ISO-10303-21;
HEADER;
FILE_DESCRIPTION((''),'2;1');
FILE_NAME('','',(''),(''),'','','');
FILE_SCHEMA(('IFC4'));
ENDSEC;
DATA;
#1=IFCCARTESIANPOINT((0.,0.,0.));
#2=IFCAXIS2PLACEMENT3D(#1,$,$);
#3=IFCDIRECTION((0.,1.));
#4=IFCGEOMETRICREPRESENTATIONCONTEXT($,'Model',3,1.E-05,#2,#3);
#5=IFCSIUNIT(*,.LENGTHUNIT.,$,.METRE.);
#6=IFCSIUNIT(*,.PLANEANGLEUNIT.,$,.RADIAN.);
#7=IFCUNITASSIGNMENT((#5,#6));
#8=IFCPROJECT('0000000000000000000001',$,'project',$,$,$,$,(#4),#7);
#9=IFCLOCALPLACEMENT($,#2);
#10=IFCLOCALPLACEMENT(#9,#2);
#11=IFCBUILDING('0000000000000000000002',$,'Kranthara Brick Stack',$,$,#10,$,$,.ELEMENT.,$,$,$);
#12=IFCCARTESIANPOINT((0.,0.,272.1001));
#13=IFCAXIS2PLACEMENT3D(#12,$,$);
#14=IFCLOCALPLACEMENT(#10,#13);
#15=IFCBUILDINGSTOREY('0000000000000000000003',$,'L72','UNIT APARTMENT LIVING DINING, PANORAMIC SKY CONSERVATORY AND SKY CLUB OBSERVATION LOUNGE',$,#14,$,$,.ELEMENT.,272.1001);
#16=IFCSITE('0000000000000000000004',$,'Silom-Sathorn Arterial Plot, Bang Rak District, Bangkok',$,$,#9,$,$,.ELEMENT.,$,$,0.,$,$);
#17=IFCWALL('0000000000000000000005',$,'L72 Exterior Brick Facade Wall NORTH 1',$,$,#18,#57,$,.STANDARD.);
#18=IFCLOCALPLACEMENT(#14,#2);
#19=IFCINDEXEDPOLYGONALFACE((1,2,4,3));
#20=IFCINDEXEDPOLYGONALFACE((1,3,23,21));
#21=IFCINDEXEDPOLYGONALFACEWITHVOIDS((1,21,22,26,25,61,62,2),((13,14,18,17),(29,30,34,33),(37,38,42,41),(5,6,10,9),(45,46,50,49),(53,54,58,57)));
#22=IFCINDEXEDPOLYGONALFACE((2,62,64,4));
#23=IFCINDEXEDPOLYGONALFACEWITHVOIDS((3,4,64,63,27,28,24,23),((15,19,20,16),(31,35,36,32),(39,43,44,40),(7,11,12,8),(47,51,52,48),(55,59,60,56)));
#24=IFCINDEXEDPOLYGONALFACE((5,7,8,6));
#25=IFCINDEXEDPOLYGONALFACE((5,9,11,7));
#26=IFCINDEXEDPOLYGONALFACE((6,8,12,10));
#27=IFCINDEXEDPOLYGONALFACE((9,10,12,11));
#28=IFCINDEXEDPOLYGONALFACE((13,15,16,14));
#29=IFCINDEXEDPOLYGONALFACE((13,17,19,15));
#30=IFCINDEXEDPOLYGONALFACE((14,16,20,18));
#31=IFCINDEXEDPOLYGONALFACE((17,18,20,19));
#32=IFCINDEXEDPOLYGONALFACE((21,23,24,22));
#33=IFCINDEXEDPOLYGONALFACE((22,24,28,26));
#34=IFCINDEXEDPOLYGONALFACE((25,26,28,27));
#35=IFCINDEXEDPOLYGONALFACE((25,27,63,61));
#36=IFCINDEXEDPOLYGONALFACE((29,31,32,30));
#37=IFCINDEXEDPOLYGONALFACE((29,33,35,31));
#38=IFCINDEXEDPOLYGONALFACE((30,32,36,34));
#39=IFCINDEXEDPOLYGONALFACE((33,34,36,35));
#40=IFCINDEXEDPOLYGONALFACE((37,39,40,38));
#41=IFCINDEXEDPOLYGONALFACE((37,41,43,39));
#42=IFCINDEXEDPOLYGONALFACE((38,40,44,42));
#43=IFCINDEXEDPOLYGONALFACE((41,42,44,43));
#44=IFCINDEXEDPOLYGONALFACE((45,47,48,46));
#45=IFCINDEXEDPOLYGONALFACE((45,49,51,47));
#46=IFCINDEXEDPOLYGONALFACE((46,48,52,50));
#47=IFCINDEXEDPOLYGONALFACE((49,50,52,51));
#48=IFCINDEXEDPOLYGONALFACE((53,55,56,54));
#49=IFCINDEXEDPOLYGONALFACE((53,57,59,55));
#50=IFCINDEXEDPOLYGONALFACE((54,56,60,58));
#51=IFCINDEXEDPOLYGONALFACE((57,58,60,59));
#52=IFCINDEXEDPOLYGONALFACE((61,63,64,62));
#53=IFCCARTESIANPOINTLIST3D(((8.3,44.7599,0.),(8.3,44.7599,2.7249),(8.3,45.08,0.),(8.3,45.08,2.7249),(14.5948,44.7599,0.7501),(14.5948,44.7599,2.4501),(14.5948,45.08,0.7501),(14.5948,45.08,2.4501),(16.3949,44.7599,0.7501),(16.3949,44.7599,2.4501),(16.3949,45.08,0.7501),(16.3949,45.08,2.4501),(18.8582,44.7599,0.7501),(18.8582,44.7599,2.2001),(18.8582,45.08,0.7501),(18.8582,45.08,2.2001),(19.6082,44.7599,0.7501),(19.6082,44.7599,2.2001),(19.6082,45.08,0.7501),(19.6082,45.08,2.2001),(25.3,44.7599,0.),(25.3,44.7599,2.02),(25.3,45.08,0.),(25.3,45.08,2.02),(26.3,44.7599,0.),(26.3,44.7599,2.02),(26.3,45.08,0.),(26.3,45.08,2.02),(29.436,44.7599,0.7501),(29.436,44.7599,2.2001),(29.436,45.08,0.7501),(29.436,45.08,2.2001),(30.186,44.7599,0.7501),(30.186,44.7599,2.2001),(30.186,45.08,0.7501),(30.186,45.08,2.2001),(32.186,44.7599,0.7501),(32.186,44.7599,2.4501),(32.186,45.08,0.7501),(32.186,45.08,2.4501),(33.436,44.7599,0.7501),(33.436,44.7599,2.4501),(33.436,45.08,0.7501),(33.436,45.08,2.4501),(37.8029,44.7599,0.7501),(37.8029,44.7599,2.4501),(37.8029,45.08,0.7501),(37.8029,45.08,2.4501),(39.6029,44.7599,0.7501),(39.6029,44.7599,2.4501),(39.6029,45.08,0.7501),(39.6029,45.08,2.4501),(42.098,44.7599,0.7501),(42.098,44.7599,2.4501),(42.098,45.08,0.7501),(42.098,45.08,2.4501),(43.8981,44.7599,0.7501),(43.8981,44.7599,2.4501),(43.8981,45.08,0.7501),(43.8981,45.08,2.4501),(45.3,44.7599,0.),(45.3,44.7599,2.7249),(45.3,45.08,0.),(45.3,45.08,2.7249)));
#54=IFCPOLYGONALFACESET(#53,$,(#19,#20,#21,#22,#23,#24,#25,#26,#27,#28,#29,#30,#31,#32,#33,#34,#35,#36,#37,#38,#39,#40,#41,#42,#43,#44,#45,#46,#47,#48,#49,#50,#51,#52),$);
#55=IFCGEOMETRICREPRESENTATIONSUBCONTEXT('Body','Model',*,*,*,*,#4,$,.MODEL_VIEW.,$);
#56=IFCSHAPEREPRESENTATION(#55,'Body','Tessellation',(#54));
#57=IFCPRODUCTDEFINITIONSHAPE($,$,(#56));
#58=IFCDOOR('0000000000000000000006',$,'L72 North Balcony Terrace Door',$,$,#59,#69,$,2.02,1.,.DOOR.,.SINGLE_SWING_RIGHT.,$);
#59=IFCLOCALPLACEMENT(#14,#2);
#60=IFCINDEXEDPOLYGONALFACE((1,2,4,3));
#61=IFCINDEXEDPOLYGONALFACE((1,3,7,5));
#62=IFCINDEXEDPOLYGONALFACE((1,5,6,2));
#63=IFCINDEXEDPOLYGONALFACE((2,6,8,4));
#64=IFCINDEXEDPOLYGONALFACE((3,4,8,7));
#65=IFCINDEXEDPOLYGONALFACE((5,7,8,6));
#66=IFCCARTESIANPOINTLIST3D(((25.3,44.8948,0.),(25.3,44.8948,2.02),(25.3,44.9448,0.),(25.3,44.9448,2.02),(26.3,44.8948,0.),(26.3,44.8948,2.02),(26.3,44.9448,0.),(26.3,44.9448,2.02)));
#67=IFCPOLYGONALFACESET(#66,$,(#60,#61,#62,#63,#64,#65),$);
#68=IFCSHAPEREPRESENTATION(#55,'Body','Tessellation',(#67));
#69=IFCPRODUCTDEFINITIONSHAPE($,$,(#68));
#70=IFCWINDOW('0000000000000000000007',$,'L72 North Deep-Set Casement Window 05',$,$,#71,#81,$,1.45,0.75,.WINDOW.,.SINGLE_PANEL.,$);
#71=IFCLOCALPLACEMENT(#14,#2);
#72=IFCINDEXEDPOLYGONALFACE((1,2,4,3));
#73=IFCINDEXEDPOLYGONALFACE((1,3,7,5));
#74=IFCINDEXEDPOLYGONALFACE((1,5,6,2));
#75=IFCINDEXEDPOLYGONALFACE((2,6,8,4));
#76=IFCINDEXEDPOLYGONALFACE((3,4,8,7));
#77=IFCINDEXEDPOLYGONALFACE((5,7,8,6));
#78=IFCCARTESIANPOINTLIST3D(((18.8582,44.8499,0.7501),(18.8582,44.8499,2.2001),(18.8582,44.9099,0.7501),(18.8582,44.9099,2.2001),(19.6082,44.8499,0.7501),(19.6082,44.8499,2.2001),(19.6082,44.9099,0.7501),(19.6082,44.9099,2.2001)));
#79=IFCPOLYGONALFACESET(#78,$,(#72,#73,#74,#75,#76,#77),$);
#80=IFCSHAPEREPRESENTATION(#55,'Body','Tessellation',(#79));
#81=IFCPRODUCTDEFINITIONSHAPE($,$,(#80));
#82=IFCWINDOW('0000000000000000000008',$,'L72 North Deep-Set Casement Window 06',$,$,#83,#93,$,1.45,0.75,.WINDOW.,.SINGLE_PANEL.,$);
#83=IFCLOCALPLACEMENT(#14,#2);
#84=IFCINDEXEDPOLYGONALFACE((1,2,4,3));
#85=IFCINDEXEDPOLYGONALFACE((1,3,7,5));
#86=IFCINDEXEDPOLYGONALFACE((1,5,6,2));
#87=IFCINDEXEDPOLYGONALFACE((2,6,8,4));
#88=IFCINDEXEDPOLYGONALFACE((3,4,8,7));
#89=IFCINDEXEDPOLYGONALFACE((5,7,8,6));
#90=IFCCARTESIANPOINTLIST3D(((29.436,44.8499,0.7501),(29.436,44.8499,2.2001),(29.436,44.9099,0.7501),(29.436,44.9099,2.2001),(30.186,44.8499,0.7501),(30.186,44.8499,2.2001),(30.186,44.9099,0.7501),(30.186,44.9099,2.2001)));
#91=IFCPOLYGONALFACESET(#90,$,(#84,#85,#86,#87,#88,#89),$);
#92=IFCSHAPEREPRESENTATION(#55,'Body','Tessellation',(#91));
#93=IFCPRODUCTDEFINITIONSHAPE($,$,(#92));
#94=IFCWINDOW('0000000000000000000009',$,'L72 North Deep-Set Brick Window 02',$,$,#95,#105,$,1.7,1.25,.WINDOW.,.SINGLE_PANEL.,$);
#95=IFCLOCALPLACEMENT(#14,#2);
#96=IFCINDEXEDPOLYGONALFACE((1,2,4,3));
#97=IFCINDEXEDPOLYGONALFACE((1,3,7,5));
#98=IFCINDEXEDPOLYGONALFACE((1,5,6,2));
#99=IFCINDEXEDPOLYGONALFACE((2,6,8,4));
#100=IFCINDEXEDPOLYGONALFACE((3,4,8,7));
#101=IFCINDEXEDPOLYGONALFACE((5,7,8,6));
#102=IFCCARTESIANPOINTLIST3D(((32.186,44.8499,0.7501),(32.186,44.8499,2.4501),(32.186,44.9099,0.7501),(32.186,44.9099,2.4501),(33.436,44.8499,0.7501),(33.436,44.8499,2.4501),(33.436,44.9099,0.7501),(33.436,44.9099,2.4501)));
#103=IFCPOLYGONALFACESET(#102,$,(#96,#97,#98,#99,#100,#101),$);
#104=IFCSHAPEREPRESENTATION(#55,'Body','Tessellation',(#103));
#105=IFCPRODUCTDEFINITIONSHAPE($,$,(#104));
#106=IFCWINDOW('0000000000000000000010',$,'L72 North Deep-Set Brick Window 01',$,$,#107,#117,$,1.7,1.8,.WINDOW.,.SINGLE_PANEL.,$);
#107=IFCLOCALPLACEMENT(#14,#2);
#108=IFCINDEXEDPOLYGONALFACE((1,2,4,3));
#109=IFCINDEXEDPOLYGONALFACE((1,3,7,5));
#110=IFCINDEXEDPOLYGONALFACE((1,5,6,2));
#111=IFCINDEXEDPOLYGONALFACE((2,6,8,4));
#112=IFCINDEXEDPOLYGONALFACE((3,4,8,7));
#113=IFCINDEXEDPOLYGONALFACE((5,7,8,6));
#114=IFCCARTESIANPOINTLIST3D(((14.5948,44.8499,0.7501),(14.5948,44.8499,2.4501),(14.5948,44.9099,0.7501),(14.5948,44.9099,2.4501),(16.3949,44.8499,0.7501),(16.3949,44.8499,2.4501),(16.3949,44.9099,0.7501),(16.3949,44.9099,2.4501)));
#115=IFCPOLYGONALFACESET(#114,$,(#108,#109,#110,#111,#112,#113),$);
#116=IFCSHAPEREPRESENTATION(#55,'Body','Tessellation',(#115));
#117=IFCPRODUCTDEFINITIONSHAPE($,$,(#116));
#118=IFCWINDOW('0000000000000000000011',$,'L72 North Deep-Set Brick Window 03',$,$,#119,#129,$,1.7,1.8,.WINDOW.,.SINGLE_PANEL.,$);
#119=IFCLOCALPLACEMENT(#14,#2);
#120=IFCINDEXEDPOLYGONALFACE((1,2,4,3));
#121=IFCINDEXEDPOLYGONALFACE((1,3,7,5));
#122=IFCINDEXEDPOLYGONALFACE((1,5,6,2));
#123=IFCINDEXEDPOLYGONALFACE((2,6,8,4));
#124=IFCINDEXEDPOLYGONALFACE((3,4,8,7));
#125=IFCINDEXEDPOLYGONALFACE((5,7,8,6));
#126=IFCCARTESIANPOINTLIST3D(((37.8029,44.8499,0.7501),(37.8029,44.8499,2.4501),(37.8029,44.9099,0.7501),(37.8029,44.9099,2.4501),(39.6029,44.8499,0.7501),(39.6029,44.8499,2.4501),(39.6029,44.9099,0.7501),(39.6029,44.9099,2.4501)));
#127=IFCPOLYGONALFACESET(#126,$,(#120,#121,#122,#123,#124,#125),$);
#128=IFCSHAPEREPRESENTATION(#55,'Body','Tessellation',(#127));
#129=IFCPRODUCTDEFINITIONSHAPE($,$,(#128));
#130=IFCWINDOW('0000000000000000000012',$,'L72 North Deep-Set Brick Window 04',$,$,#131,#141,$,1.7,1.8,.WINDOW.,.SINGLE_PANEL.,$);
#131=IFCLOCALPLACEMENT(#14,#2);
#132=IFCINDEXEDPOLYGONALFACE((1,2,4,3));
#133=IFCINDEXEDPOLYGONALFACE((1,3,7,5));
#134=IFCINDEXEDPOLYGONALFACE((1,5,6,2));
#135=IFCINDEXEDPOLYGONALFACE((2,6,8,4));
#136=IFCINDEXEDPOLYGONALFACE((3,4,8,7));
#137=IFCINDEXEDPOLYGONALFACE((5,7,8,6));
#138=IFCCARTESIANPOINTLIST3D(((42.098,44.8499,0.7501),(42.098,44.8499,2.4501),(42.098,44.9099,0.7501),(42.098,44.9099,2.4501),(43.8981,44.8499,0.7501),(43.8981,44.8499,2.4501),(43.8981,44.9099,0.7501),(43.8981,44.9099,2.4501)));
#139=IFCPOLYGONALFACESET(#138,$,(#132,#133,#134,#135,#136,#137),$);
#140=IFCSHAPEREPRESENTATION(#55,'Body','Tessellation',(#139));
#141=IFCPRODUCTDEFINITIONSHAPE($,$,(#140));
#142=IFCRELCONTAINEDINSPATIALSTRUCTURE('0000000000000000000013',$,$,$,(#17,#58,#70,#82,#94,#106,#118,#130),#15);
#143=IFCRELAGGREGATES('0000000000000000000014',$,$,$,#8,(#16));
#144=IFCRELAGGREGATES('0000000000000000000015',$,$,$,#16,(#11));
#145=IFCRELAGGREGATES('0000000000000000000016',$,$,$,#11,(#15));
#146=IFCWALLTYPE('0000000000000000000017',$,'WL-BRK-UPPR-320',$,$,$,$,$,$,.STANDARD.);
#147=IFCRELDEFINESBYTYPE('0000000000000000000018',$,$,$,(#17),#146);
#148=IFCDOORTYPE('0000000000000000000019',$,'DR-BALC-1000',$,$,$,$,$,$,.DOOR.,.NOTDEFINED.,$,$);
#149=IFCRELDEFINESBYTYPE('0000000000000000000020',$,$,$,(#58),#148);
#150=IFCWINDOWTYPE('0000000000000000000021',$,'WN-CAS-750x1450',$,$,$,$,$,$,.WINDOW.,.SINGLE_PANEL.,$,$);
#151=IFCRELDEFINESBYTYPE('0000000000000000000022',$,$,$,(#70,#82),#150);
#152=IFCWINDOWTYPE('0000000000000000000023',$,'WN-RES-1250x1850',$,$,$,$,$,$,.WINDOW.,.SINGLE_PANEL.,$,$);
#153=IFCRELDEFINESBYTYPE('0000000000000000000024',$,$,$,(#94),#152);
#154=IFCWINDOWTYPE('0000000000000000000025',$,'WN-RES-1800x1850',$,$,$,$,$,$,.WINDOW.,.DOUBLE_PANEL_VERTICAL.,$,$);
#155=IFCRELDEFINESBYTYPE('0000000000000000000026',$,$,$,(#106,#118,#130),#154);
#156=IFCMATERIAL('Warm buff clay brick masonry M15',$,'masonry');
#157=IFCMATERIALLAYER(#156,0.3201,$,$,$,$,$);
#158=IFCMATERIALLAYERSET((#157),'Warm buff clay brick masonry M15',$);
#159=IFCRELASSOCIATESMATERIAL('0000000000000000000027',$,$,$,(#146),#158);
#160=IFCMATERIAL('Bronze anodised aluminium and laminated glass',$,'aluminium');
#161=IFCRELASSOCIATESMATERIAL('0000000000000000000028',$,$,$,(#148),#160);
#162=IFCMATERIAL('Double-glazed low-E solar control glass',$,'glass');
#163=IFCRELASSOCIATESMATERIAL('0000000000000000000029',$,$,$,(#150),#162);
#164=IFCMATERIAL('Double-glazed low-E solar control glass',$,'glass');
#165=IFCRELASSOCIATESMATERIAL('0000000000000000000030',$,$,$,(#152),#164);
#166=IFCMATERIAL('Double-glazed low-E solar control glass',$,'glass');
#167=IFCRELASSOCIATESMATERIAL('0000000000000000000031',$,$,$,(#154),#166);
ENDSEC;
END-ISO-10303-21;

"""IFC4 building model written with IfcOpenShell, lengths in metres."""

from ifc_helpers import new_model, si_unit, direction, frame, frame_2d, origin, place, context, subcontext, project, spatial, rectangle, extrude, material, layer, layer_set, type_object, element, fill, save


model = new_model("IFC4")

# Units and contexts
model_context = context("Model", 3, precision=1e-05, world=origin(), true_north=direction((0.0, 1.0)))
body_context = subcontext(model_context, "Body", "Model", "MODEL_VIEW")
ifc_project = project(units=[si_unit("LENGTHUNIT", "METRE"), si_unit("PLANEANGLEUNIT", "RADIAN")], contexts=[model_context])

# Site, building, storey
site_placement = place(None, origin())
site = spatial("IfcSite", under=ifc_project, at=site_placement, Name="Silom-Sathorn Arterial Plot, Bang Rak District, Bangkok", CompositionType="ELEMENT", RefElevation=0.0)
building_placement = place(site_placement, origin())
building = spatial("IfcBuilding", under=site, at=building_placement, Name="Kranthara Brick Stack", CompositionType="ELEMENT")
storey_placement = place(building_placement, frame((0.0, 0.0, 272.1001)))
storey = spatial("IfcBuildingStorey", under=building, at=storey_placement, Name="L72", Description="UNIT APARTMENT LIVING DINING, PANORAMIC SKY CONSERVATORY AND SKY CLUB OBSERVATION LOUNGE", CompositionType="ELEMENT", Elevation=272.1001)

# Wall, openings, door, windows
ifc_material_1 = material(Name="Warm buff clay brick masonry M15", Category="masonry")
ifc_layer_1 = layer(ifc_material_1, 0.3201)
ifc_layer_set_1 = layer_set([ifc_layer_1], Name="Warm buff clay brick masonry M15")
wall_type_1 = type_object("IfcWallType", Name="WL-BRK-UPPR-320", PredefinedType="STANDARD", material=ifc_layer_set_1)
wall_1_placement = place(storey_placement, frame((8.3, 44.9199, 0.0), z_axis=(0.0, 0.0, 1.0), x_axis=(1.0, 0.0, 0.0)))
wall_1 = element("IfcWall", 1, at=wall_1_placement, inside=storey, type_object=wall_type_1, Name="L72 Exterior Brick Facade Wall NORTH 1", PredefinedType="STANDARD", context=body_context, shape_type="SweptSolid", body=[
    extrude(rectangle(XDim=37.0, YDim=0.3201, at=frame_2d((18.5, 0.0))), origin(), (0.0, 0.0, 1.0), 2.7249),
])
opening_1_placement = place(wall_1_placement, frame((17.0, 0.0, 0.0)))
opening_1 = element("IfcOpeningElement", 2, at=opening_1_placement, cuts=wall_1, PredefinedType="OPENING", context=body_context, shape_type="SweptSolid", body=[
    extrude(rectangle(XDim=1.0, YDim=2.02, at=frame_2d((0.5, 1.01))), frame((0.0, 0.1699, 0.0), z_axis=(0.0, -1.0, 0.0), x_axis=(1.0, 0.0, 0.0)), (0.0, 0.0, 1.0), 0.3401),
])
opening_2_placement = place(wall_1_placement, frame((6.2949, 0.0, 0.75)))
opening_2 = element("IfcOpeningElement", 3, at=opening_2_placement, cuts=wall_1, PredefinedType="OPENING", context=body_context, shape_type="SweptSolid", body=[
    extrude(rectangle(XDim=1.8, YDim=1.7, at=frame_2d((0.8999, 0.8501))), frame((0.0, 0.1699, 0.0), z_axis=(0.0, -1.0, 0.0), x_axis=(1.0, 0.0, 0.0)), (0.0, 0.0, 1.0), 0.3401),
])
opening_3_placement = place(wall_1_placement, frame((23.886, 0.0, 0.75)))
opening_3 = element("IfcOpeningElement", 4, at=opening_3_placement, cuts=wall_1, PredefinedType="OPENING", context=body_context, shape_type="SweptSolid", body=[
    extrude(rectangle(XDim=1.25, YDim=1.7, at=frame_2d((0.625, 0.8501))), frame((0.0, 0.1699, 0.0), z_axis=(0.0, -1.0, 0.0), x_axis=(1.0, 0.0, 0.0)), (0.0, 0.0, 1.0), 0.3401),
])
opening_4_placement = place(wall_1_placement, frame((29.5029, 0.0, 0.75)))
opening_4 = element("IfcOpeningElement", 5, at=opening_4_placement, cuts=wall_1, PredefinedType="OPENING", context=body_context, shape_type="SweptSolid", body=[
    extrude(rectangle(XDim=1.8, YDim=1.7, at=frame_2d((0.8999, 0.8501))), frame((0.0, 0.1699, 0.0), z_axis=(0.0, -1.0, 0.0), x_axis=(1.0, 0.0, 0.0)), (0.0, 0.0, 1.0), 0.3401),
])
opening_5_placement = place(wall_1_placement, frame((33.7981, 0.0, 0.75)))
opening_5 = element("IfcOpeningElement", 6, at=opening_5_placement, cuts=wall_1, PredefinedType="OPENING", context=body_context, shape_type="SweptSolid", body=[
    extrude(rectangle(XDim=1.8, YDim=1.7, at=frame_2d((0.8999, 0.8501))), frame((0.0, 0.1699, 0.0), z_axis=(0.0, -1.0, 0.0), x_axis=(1.0, 0.0, 0.0)), (0.0, 0.0, 1.0), 0.3401),
])
opening_6_placement = place(wall_1_placement, frame((10.5581, 0.0, 0.75)))
opening_6 = element("IfcOpeningElement", 7, at=opening_6_placement, cuts=wall_1, PredefinedType="OPENING", context=body_context, shape_type="SweptSolid", body=[
    extrude(rectangle(XDim=0.75, YDim=1.45, at=frame_2d((0.375, 0.7251))), frame((0.0, 0.1699, 0.0), z_axis=(0.0, -1.0, 0.0), x_axis=(1.0, 0.0, 0.0)), (0.0, 0.0, 1.0), 0.3401),
])
opening_7_placement = place(wall_1_placement, frame((21.136, 0.0, 0.75)))
opening_7 = element("IfcOpeningElement", 8, at=opening_7_placement, cuts=wall_1, PredefinedType="OPENING", context=body_context, shape_type="SweptSolid", body=[
    extrude(rectangle(XDim=0.75, YDim=1.45, at=frame_2d((0.375, 0.7251))), frame((0.0, 0.1699, 0.0), z_axis=(0.0, -1.0, 0.0), x_axis=(1.0, 0.0, 0.0)), (0.0, 0.0, 1.0), 0.3401),
])
ifc_material_2 = material(Name="Bronze anodised aluminium and laminated glass", Category="aluminium")
door_type_1 = type_object("IfcDoorType", Name="DR-BALC-1000", OperationType="NOTDEFINED", PredefinedType="DOOR", material=ifc_material_2)
door_1_placement = place(opening_1_placement, origin())
door_1 = element("IfcDoor", 9, at=door_1_placement, inside=storey, type_object=door_type_1, Name="L72 North Balcony Terrace Door", OperationType="SINGLE_SWING_RIGHT", OverallHeight=2.02, OverallWidth=1.0, PredefinedType="DOOR", context=body_context, shape_type="SweptSolid", body=[
    extrude(rectangle(XDim=1.0, YDim=2.02, at=frame_2d((0.5, 1.01))), frame((0.0, 0.0249, 0.0), z_axis=(0.0, -1.0, 0.0), x_axis=(1.0, 0.0, 0.0)), (0.0, 0.0, 1.0), 0.05),
])
fill(opening_1, door_1)
ifc_material_3 = material(Name="Double-glazed low-E solar control glass", Category="glass")
window_type_1 = type_object("IfcWindowType", Name="WN-CAS-750x1450", PartitioningType="SINGLE_PANEL", PredefinedType="WINDOW", material=ifc_material_3)
window_1_placement = place(opening_6_placement, origin())
window_1 = element("IfcWindow", 10, at=window_1_placement, inside=storey, type_object=window_type_1, Name="L72 North Deep-Set Casement Window 05", OverallHeight=1.45, OverallWidth=0.75, PartitioningType="SINGLE_PANEL", PredefinedType="WINDOW", context=body_context, shape_type="SweptSolid", body=[
    extrude(rectangle(XDim=0.75, YDim=1.45, at=frame_2d((0.375, 0.7251))), frame((0.0, -0.01, 0.0), z_axis=(0.0, -1.0, 0.0), x_axis=(1.0, 0.0, 0.0)), (0.0, 0.0, 1.0), 0.0601),
])
fill(opening_6, window_1)
window_2_placement = place(opening_7_placement, origin())
window_2 = element("IfcWindow", 11, at=window_2_placement, inside=storey, type_object=window_type_1, Name="L72 North Deep-Set Casement Window 06", OverallHeight=1.45, OverallWidth=0.75, PartitioningType="SINGLE_PANEL", PredefinedType="WINDOW", context=body_context, shape_type="SweptSolid", body=[
    extrude(rectangle(XDim=0.75, YDim=1.45, at=frame_2d((0.375, 0.7251))), frame((0.0, -0.01, 0.0), z_axis=(0.0, -1.0, 0.0), x_axis=(1.0, 0.0, 0.0)), (0.0, 0.0, 1.0), 0.0601),
])
fill(opening_7, window_2)
ifc_material_4 = material(Name="Double-glazed low-E solar control glass", Category="glass")
window_type_2 = type_object("IfcWindowType", Name="WN-RES-1250x1850", PartitioningType="SINGLE_PANEL", PredefinedType="WINDOW", material=ifc_material_4)
window_3_placement = place(opening_3_placement, origin())
window_3 = element("IfcWindow", 12, at=window_3_placement, inside=storey, type_object=window_type_2, Name="L72 North Deep-Set Brick Window 02", OverallHeight=1.7, OverallWidth=1.25, PartitioningType="SINGLE_PANEL", PredefinedType="WINDOW", context=body_context, shape_type="SweptSolid", body=[
    extrude(rectangle(XDim=1.25, YDim=1.7, at=frame_2d((0.625, 0.8501))), frame((0.0, -0.01, 0.0), z_axis=(0.0, -1.0, 0.0), x_axis=(1.0, 0.0, 0.0)), (0.0, 0.0, 1.0), 0.0601),
])
fill(opening_3, window_3)
ifc_material_5 = material(Name="Double-glazed low-E solar control glass", Category="glass")
window_type_3 = type_object("IfcWindowType", Name="WN-RES-1800x1850", PartitioningType="DOUBLE_PANEL_VERTICAL", PredefinedType="WINDOW", material=ifc_material_5)
window_4_placement = place(opening_2_placement, origin())
window_4 = element("IfcWindow", 13, at=window_4_placement, inside=storey, type_object=window_type_3, Name="L72 North Deep-Set Brick Window 01", OverallHeight=1.7, OverallWidth=1.8, PartitioningType="SINGLE_PANEL", PredefinedType="WINDOW", context=body_context, shape_type="SweptSolid", body=[
    extrude(rectangle(XDim=1.8, YDim=1.7, at=frame_2d((0.8999, 0.8501))), frame((0.0, -0.01, 0.0), z_axis=(0.0, -1.0, 0.0), x_axis=(1.0, 0.0, 0.0)), (0.0, 0.0, 1.0), 0.0601),
])
fill(opening_2, window_4)
window_5_placement = place(opening_4_placement, origin())
window_5 = element("IfcWindow", 14, at=window_5_placement, inside=storey, type_object=window_type_3, Name="L72 North Deep-Set Brick Window 03", OverallHeight=1.7, OverallWidth=1.8, PartitioningType="SINGLE_PANEL", PredefinedType="WINDOW", context=body_context, shape_type="SweptSolid", body=[
    extrude(rectangle(XDim=1.8, YDim=1.7, at=frame_2d((0.8999, 0.8501))), frame((0.0, -0.01, 0.0), z_axis=(0.0, -1.0, 0.0), x_axis=(1.0, 0.0, 0.0)), (0.0, 0.0, 1.0), 0.0601),
])
fill(opening_4, window_5)
window_6_placement = place(opening_5_placement, origin())
window_6 = element("IfcWindow", 15, at=window_6_placement, inside=storey, type_object=window_type_3, Name="L72 North Deep-Set Brick Window 04", OverallHeight=1.7, OverallWidth=1.8, PartitioningType="SINGLE_PANEL", PredefinedType="WINDOW", context=body_context, shape_type="SweptSolid", body=[
    extrude(rectangle(XDim=1.8, YDim=1.7, at=frame_2d((0.8999, 0.8501))), frame((0.0, -0.01, 0.0), z_axis=(0.0, -1.0, 0.0), x_axis=(1.0, 0.0, 0.0)), (0.0, 0.0, 1.0), 0.0601),
])
fill(opening_5, window_6)

save(model, "model.ifc")
